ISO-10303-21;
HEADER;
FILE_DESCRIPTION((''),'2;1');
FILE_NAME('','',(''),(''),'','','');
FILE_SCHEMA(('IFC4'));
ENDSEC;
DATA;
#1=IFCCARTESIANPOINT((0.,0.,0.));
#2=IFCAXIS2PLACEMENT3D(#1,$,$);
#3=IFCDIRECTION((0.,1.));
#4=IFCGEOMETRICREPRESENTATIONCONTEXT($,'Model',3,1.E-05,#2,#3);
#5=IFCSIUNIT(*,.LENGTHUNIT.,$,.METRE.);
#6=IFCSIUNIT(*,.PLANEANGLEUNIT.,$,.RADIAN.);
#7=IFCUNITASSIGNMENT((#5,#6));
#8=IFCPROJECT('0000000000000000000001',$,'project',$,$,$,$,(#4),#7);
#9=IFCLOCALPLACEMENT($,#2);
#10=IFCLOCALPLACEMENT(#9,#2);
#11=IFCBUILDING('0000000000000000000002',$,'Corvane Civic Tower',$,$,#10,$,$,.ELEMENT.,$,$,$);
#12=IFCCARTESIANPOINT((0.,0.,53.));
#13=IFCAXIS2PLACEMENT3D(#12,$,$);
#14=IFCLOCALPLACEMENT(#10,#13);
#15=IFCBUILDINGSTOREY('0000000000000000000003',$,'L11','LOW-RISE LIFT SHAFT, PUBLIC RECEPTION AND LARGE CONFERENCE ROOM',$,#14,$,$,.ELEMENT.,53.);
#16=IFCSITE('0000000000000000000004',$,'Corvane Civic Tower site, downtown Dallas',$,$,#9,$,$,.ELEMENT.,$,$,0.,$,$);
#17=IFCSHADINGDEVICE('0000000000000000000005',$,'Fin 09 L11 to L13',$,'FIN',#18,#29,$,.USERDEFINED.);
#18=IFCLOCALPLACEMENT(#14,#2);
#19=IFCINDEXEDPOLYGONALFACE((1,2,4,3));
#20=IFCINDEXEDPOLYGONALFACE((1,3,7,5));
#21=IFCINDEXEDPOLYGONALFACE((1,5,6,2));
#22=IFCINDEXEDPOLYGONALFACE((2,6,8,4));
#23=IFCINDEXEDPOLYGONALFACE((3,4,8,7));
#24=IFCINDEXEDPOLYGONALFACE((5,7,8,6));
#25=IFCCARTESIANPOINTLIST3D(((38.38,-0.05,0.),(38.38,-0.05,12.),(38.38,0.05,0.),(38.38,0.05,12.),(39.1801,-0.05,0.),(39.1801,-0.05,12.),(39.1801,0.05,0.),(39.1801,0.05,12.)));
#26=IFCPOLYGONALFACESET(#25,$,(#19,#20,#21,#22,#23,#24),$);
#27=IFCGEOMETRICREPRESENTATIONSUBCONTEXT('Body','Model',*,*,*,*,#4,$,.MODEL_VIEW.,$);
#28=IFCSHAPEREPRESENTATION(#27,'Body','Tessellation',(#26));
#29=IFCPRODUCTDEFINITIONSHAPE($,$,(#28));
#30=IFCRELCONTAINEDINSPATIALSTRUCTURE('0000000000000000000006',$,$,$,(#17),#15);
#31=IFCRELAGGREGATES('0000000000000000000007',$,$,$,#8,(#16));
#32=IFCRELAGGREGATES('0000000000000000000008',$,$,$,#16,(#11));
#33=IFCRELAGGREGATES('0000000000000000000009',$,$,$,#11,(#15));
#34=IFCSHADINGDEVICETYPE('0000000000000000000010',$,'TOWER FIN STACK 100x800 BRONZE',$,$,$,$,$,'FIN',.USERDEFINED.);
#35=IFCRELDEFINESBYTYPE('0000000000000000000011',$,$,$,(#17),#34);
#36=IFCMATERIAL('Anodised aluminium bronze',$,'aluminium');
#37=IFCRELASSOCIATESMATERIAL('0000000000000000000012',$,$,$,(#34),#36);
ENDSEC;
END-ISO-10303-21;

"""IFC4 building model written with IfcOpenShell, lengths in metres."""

from ifc_helpers import new_model, si_unit, direction, frame, origin, origin_2d, place, context, subcontext, project, spatial, rectangle, extrude, material, material_profile, profile_set, type_object, element, save


model = new_model("IFC4")

# Units and contexts
model_context = context("Model", 3, precision=1e-05, world=origin(), true_north=direction((0.0, 1.0)))
body_context = subcontext(model_context, "Body", "Model", "MODEL_VIEW")
ifc_project = project(units=[si_unit("LENGTHUNIT", "METRE"), si_unit("PLANEANGLEUNIT", "RADIAN")], contexts=[model_context])

# Site, building, storey
site_placement = place(None, origin())
site = spatial("IfcSite", under=ifc_project, at=site_placement, Name="Corvane Civic Tower site, downtown Dallas", CompositionType="ELEMENT", RefElevation=0.0)
building_placement = place(site_placement, origin())
building = spatial("IfcBuilding", under=site, at=building_placement, Name="Corvane Civic Tower", CompositionType="ELEMENT")
storey_placement = place(building_placement, frame((0.0, 0.0, 53.0)))
storey = spatial("IfcBuildingStorey", under=building, at=storey_placement, Name="L11", Description="LOW-RISE LIFT SHAFT, PUBLIC RECEPTION AND LARGE CONFERENCE ROOM", CompositionType="ELEMENT", Elevation=53.0)

# Shading device
ifc_material_1 = material(Name="Anodised aluminium bronze", Category="aluminium")
ifc_material_profile_1 = material_profile(ifc_material_1, rectangle(XDim=0.1001, YDim=0.8, at=origin_2d()), Name="TOWER FIN STACK 100x800 BRONZE")
ifc_profile_set_1 = profile_set([ifc_material_profile_1], Name="Anodised aluminium bronze")
shading_device_type = type_object("IfcShadingDeviceType", Name="TOWER FIN STACK 100x800 BRONZE", ElementType="FIN", PredefinedType="USERDEFINED", material=ifc_profile_set_1)
for number, where, z_axis, x_axis, name in (
    (1, (38.78, 0.0, 0.0), (0.0, 0.0, 1.0), (0.0, -1.0, 0.0), "Fin 09 L11 to L13"),
):
    element("IfcShadingDevice", number, at=place(storey_placement, frame(where, z_axis=z_axis, x_axis=x_axis)), inside=storey, type_object=shading_device_type, Name=name, ObjectType="FIN", PredefinedType="USERDEFINED", context=body_context, shape_type="SweptSolid", body=[
        extrude(rectangle(XDim=0.1001, YDim=0.8, at=origin_2d()), origin(), (0.0, 0.0, 1.0), 12.0),
    ])

save(model, "model.ifc")
